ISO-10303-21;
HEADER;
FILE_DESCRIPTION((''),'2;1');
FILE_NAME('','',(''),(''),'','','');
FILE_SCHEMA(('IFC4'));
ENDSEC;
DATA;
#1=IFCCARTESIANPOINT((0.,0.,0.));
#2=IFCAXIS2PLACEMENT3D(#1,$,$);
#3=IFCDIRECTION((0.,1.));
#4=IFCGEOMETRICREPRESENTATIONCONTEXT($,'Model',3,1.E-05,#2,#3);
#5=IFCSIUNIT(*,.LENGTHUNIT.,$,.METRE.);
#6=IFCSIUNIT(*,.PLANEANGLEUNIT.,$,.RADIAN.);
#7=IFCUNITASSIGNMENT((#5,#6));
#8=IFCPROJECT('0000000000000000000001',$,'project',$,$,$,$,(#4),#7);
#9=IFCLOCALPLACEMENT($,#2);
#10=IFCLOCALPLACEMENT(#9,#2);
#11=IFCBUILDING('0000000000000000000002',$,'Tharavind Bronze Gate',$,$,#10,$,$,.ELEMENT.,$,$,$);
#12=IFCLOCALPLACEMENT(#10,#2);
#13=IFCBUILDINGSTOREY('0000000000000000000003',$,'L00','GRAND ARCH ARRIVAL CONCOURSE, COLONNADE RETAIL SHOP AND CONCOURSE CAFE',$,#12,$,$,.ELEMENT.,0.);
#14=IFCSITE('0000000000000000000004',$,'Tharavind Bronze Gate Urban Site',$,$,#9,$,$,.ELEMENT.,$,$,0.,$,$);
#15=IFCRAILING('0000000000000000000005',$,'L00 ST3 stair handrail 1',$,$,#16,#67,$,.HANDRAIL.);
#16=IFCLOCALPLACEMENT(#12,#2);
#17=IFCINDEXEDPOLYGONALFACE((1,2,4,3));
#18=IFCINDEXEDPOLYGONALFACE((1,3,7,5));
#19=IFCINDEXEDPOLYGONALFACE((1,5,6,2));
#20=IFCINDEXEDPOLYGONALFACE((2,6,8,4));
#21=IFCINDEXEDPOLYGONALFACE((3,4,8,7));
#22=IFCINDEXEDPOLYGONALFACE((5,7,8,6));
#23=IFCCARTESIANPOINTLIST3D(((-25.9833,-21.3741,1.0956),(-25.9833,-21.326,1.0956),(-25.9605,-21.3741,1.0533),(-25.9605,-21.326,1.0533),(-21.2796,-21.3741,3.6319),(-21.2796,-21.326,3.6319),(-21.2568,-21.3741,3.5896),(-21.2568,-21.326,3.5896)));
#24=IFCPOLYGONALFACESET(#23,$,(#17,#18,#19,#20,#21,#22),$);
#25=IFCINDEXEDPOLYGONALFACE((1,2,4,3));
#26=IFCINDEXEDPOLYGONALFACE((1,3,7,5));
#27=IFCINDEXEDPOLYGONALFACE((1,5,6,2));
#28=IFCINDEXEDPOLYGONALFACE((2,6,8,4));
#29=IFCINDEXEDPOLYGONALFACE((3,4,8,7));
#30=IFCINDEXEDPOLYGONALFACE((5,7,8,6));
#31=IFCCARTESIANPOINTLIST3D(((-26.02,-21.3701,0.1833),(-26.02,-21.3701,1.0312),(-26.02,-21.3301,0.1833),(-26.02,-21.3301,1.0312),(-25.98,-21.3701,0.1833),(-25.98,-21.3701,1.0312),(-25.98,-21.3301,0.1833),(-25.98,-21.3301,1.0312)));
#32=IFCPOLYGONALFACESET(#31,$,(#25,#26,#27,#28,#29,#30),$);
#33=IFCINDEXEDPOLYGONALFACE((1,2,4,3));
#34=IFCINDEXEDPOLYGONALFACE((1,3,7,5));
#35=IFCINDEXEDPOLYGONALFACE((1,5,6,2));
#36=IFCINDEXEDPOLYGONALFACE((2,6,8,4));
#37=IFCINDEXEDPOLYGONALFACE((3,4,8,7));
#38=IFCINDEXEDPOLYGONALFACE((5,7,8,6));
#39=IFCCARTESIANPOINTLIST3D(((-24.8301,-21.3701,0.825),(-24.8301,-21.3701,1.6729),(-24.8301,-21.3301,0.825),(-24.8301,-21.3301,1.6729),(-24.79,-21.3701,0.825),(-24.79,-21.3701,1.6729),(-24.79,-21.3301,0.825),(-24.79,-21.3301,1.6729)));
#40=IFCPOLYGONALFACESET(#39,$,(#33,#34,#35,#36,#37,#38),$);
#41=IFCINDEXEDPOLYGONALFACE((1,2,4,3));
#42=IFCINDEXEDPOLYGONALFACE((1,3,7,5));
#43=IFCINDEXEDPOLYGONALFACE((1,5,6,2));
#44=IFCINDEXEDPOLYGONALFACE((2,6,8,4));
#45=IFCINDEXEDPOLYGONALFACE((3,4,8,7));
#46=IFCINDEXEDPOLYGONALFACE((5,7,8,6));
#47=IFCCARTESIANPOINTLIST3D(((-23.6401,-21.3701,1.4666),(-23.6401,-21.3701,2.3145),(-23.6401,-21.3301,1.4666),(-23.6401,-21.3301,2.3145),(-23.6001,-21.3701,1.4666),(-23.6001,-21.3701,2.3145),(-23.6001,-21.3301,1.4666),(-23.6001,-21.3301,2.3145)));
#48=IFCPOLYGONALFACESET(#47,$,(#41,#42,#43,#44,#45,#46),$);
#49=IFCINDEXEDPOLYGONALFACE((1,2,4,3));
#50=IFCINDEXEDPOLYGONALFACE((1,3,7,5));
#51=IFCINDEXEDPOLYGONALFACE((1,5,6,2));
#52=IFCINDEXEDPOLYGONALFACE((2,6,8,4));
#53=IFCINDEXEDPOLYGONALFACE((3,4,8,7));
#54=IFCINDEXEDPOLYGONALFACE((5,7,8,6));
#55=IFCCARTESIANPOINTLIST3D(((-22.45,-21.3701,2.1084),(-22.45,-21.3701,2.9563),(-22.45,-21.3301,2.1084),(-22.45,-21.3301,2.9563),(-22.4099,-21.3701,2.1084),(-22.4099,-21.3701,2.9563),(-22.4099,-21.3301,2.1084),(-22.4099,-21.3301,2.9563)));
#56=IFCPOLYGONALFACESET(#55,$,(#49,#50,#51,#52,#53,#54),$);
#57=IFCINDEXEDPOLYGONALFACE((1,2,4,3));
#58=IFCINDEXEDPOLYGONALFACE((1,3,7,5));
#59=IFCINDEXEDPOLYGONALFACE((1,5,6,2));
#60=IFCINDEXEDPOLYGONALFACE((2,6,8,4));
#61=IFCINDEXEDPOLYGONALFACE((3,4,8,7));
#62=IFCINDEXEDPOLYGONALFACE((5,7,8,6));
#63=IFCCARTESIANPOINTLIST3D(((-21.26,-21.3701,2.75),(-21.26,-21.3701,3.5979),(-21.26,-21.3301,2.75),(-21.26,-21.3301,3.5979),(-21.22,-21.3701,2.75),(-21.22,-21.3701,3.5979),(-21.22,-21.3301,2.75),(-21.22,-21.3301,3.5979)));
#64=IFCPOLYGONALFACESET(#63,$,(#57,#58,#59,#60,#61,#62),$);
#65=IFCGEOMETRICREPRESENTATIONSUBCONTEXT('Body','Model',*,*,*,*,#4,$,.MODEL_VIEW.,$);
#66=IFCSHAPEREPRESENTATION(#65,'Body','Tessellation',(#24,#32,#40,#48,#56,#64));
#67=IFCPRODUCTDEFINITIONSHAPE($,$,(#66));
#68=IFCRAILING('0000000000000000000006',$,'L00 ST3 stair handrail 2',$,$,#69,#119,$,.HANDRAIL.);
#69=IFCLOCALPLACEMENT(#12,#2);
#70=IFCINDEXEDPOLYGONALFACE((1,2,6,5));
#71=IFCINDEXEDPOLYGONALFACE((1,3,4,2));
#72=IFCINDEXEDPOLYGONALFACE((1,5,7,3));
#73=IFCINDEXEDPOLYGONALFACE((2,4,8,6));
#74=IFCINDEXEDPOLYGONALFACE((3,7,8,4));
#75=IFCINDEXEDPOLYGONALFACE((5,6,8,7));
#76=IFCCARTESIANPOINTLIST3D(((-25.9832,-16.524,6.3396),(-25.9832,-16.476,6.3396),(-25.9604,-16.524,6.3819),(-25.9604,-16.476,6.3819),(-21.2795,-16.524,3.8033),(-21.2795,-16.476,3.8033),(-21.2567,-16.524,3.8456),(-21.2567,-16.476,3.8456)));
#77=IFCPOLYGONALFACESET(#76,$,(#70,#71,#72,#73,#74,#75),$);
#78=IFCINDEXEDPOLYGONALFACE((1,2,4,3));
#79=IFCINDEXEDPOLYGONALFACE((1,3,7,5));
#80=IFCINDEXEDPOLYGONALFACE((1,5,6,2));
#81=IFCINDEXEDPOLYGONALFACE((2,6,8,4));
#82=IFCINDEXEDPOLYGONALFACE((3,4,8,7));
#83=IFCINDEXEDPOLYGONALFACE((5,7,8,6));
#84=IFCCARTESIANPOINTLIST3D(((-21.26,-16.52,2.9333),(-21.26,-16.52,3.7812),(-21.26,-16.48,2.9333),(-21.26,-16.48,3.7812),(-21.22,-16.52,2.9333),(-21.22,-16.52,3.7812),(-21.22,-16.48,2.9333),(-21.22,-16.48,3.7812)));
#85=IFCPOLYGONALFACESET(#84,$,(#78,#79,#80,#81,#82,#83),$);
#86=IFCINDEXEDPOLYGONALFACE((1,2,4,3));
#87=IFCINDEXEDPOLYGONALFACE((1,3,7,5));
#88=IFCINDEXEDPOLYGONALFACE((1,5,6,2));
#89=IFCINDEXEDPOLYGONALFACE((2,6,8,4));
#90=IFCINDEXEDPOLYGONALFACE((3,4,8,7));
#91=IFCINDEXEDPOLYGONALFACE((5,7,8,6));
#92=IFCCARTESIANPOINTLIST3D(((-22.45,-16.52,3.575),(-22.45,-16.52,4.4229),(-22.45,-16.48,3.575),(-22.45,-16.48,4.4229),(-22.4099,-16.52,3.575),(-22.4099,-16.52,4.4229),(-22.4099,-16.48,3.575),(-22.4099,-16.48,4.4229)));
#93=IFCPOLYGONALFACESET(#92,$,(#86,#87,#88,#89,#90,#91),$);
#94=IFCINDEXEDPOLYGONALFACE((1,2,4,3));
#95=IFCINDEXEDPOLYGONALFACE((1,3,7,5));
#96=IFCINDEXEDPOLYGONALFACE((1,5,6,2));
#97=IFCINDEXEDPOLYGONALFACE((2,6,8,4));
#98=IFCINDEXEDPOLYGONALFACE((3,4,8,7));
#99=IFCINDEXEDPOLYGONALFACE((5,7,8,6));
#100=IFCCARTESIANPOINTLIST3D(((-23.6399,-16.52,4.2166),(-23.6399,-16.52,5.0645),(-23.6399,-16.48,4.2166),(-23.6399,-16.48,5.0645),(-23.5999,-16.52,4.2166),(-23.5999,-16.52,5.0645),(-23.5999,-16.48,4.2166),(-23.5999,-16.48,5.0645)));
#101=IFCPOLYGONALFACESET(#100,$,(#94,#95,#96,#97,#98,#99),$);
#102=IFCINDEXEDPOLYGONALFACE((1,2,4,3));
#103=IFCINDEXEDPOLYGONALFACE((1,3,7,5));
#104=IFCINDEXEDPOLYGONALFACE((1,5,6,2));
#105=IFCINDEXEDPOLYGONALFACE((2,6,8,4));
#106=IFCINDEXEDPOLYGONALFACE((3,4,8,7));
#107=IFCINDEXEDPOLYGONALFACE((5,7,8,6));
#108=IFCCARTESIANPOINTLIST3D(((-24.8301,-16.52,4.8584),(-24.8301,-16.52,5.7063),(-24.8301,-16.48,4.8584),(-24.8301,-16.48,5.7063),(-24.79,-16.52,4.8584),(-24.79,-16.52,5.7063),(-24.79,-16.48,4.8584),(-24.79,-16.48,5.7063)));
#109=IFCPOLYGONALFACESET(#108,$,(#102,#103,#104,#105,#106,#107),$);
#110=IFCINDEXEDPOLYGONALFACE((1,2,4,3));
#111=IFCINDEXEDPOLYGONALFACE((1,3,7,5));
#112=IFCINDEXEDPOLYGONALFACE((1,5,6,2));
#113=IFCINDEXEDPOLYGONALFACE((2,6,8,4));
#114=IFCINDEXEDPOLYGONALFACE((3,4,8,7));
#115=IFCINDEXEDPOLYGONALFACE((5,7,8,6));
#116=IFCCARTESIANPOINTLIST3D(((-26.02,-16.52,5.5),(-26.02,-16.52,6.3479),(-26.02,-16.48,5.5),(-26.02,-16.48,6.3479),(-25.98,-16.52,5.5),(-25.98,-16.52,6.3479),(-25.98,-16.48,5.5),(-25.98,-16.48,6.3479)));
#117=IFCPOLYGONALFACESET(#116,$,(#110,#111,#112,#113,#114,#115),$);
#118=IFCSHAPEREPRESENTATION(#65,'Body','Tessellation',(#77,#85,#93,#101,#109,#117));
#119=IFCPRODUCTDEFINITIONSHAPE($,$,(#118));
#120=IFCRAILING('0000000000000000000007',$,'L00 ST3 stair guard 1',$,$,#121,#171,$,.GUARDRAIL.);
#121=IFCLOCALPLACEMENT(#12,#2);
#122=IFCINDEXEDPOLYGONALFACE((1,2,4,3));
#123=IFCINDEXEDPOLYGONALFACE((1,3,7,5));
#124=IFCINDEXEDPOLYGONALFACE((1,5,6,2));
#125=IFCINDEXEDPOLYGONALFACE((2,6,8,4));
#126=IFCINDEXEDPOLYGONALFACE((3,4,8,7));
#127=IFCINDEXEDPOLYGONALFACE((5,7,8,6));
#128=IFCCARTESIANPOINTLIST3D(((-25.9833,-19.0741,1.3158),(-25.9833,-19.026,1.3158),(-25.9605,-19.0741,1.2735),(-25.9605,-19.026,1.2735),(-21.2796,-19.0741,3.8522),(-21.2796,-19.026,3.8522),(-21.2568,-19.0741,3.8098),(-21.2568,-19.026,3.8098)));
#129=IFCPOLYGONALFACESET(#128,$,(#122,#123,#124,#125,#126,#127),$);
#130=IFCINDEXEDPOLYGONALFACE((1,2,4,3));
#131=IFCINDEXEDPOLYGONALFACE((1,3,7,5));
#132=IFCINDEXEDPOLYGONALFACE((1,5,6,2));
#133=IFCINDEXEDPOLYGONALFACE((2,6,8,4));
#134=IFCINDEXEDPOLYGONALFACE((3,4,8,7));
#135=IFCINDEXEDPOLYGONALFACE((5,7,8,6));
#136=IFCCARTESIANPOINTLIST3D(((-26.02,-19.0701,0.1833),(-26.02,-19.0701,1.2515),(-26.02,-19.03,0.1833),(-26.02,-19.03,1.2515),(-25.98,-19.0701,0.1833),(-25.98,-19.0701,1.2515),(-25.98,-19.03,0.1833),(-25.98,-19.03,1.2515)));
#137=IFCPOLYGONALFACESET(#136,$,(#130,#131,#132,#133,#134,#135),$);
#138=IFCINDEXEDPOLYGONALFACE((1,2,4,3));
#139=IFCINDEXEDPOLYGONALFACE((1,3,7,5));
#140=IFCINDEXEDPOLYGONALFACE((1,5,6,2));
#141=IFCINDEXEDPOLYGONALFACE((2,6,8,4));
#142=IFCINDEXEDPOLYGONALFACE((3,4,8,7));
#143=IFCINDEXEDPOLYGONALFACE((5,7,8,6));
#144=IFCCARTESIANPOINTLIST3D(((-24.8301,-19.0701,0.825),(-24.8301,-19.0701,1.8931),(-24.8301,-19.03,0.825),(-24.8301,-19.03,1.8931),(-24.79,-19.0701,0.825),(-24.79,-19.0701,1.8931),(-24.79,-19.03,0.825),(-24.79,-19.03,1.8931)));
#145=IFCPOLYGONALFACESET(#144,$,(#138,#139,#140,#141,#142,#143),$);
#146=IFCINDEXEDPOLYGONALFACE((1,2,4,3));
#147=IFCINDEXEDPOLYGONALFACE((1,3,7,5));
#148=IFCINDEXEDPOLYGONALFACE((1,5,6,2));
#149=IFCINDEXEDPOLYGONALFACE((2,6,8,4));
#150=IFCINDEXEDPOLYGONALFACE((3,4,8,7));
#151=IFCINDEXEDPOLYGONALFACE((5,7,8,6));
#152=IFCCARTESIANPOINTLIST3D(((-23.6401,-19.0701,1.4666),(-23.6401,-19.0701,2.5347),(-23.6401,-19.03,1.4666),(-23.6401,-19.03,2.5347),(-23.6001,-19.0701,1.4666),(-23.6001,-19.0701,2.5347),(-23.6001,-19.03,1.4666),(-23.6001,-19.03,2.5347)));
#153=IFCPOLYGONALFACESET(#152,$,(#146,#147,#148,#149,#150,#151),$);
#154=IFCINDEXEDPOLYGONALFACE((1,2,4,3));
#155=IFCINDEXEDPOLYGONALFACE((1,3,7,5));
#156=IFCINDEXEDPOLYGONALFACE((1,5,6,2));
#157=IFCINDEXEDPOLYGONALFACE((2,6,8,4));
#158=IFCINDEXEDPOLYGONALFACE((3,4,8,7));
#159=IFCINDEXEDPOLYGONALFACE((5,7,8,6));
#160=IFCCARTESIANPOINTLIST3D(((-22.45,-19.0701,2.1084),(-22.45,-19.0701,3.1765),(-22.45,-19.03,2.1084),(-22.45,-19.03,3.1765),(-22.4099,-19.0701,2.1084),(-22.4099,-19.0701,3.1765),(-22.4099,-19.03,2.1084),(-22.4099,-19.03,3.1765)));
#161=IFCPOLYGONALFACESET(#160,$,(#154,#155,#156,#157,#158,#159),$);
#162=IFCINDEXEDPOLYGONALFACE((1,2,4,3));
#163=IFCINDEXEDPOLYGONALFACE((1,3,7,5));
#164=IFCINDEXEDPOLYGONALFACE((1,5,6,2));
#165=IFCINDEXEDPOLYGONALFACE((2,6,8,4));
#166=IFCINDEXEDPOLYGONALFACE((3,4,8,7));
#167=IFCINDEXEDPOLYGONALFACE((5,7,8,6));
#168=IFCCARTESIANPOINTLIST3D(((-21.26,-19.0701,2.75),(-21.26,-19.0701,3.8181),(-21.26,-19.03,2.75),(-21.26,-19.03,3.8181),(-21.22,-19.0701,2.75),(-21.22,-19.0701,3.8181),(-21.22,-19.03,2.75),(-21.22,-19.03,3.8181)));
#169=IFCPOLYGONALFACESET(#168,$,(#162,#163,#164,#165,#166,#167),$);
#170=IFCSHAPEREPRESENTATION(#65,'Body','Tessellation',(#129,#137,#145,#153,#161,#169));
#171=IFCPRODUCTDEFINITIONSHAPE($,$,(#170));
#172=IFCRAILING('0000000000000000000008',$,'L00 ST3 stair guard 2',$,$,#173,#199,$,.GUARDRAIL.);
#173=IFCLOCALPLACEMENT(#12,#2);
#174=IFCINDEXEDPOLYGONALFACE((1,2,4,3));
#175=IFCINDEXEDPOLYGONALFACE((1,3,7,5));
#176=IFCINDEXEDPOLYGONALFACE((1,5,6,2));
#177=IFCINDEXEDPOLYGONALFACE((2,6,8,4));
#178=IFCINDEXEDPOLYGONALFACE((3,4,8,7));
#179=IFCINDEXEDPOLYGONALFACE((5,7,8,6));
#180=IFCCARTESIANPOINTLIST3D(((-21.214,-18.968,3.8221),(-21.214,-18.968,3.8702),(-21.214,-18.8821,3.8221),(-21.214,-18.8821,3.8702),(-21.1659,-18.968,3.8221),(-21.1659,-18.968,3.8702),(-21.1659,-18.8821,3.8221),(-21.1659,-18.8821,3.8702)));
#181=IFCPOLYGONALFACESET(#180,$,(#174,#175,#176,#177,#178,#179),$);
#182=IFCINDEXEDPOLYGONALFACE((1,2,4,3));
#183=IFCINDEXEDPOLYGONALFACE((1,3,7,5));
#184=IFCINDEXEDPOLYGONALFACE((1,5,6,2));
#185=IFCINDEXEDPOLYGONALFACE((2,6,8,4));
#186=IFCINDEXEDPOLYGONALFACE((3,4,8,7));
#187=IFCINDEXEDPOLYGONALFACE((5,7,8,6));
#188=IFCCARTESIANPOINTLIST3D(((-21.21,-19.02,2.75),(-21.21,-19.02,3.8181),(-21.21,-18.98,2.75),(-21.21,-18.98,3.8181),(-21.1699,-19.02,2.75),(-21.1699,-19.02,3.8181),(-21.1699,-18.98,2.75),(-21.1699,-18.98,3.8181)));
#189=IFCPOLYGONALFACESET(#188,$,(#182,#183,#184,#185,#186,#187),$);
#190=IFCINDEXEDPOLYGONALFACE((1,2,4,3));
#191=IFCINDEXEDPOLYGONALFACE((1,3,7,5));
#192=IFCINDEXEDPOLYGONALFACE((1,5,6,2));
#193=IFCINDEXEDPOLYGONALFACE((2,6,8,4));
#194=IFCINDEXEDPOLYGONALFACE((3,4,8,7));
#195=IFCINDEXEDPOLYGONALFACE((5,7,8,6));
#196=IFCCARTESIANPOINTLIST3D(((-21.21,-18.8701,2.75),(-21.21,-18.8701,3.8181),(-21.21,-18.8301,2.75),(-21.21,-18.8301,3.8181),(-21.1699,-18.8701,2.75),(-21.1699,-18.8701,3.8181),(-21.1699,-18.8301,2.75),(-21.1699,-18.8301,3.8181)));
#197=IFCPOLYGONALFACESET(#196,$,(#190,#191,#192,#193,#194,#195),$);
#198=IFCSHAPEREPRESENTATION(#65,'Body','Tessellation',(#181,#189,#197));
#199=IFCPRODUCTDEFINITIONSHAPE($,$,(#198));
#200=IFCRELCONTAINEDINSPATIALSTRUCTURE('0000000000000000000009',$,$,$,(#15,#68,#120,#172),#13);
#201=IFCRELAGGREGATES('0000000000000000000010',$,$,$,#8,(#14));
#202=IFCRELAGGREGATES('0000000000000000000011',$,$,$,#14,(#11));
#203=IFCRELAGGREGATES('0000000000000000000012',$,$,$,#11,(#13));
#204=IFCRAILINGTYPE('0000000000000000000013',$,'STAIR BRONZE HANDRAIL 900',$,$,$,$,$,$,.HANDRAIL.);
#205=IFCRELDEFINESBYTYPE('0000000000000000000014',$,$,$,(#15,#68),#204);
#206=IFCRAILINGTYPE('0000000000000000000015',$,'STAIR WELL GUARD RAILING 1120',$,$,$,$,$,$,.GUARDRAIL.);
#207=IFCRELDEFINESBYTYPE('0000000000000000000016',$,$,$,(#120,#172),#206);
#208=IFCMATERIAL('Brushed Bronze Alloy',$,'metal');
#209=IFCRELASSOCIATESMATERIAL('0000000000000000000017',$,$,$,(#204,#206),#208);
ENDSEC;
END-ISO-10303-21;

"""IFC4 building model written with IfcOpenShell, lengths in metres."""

from ifc_helpers import new_model, si_unit, direction, frame, origin, origin_2d, place, context, subcontext, project, spatial, rectangle, extrude, material, type_object, element, save


model = new_model("IFC4")

# Units and contexts
model_context = context("Model", 3, precision=1e-05, world=origin(), true_north=direction((0.0, 1.0)))
body_context = subcontext(model_context, "Body", "Model", "MODEL_VIEW")
ifc_project = project(units=[si_unit("LENGTHUNIT", "METRE"), si_unit("PLANEANGLEUNIT", "RADIAN")], contexts=[model_context])

# Site, building, storey
site_placement = place(None, origin())
site = spatial("IfcSite", under=ifc_project, at=site_placement, Name="Tharavind Bronze Gate Urban Site", CompositionType="ELEMENT", RefElevation=0.0)
building_placement = place(site_placement, origin())
building = spatial("IfcBuilding", under=site, at=building_placement, Name="Tharavind Bronze Gate", CompositionType="ELEMENT")
storey_placement = place(building_placement, origin())
storey = spatial("IfcBuildingStorey", under=building, at=storey_placement, Name="L00", Description="GRAND ARCH ARRIVAL CONCOURSE, COLONNADE RETAIL SHOP AND CONCOURSE CAFE", CompositionType="ELEMENT", Elevation=0.0)

# Railings
ifc_material_1 = material(Name="Brushed Bronze Alloy", Category="metal")
railing_type_1 = type_object("IfcRailingType", Name="STAIR BRONZE HANDRAIL 900", PredefinedType="HANDRAIL", material=ifc_material_1)
railing_1_placement = place(storey_placement, frame((-26.0, -21.3501, 0.1833)))
element("IfcRailing", 1, at=railing_1_placement, inside=storey, type_object=railing_type_1, Name="L00 ST3 stair handrail 1", PredefinedType="HANDRAIL", context=body_context, shape_type="SweptSolid", body=[
    extrude(rectangle(XDim=0.0481, YDim=0.0481, at=origin_2d()), frame((0.0281, 0.0, 0.8911), z_axis=(0.880196, 0.0, 0.474611), x_axis=(0.0, 1.0, 0.0)), (0.0, 0.0, 1.0), 5.344),
    extrude(rectangle(XDim=0.04, YDim=0.04, at=origin_2d()), origin(), (0.0, 0.0, 1.0), 0.8479),
    extrude(rectangle(XDim=0.04, YDim=0.04, at=origin_2d()), frame((1.1899, 0.0, 0.6416)), (0.0, 0.0, 1.0), 0.8479),
    extrude(rectangle(XDim=0.04, YDim=0.04, at=origin_2d()), frame((2.3799, 0.0, 1.2832)), (0.0, 0.0, 1.0), 0.8479),
    extrude(rectangle(XDim=0.04, YDim=0.04, at=origin_2d()), frame((3.5701, 0.0, 1.925)), (0.0, 0.0, 1.0), 0.8479),
    extrude(rectangle(XDim=0.04, YDim=0.04, at=origin_2d()), frame((4.76, 0.0, 2.5667)), (0.0, 0.0, 1.0), 0.8479),
])
railing_2_placement = place(storey_placement, frame((-21.24, -16.5, 2.9333)))
element("IfcRailing", 2, at=railing_2_placement, inside=storey, type_object=railing_type_1, Name="L00 ST3 stair handrail 2", PredefinedType="HANDRAIL", context=body_context, shape_type="SweptSolid", body=[
    extrude(rectangle(XDim=0.0481, YDim=0.0481, at=origin_2d()), frame((-0.0281, 0.0, 0.8911), z_axis=(-0.880196, 0.0, 0.474611), x_axis=(0.0, -1.0, 0.0)), (0.0, 0.0, 1.0), 5.344),
    extrude(rectangle(XDim=0.04, YDim=0.04, at=origin_2d()), origin(), (0.0, 0.0, 1.0), 0.8479),
    extrude(rectangle(XDim=0.04, YDim=0.04, at=origin_2d()), frame((-1.1899, 0.0, 0.6416)), (0.0, 0.0, 1.0), 0.8479),
    extrude(rectangle(XDim=0.04, YDim=0.04, at=origin_2d()), frame((-2.3799, 0.0, 1.2832)), (0.0, 0.0, 1.0), 0.8479),
    extrude(rectangle(XDim=0.04, YDim=0.04, at=origin_2d()), frame((-3.5701, 0.0, 1.925)), (0.0, 0.0, 1.0), 0.8479),
    extrude(rectangle(XDim=0.04, YDim=0.04, at=origin_2d()), frame((-4.76, 0.0, 2.5667)), (0.0, 0.0, 1.0), 0.8479),
])
railing_type_2 = type_object("IfcRailingType", Name="STAIR WELL GUARD RAILING 1120", PredefinedType="GUARDRAIL", material=ifc_material_1)
railing_3_placement = place(storey_placement, frame((-26.0, -19.05, 0.1833)))
element("IfcRailing", 3, at=railing_3_placement, inside=storey, type_object=railing_type_2, Name="L00 ST3 stair guard 1", PredefinedType="GUARDRAIL", context=body_context, shape_type="SweptSolid", body=[
    extrude(rectangle(XDim=0.0481, YDim=0.0481, at=origin_2d()), frame((0.0281, 0.0, 1.1113), z_axis=(0.880196, 0.0, 0.474611), x_axis=(0.0, 1.0, 0.0)), (0.0, 0.0, 1.0), 5.344),
    extrude(rectangle(XDim=0.04, YDim=0.04, at=origin_2d()), origin(), (0.0, 0.0, 1.0), 1.0681),
    extrude(rectangle(XDim=0.04, YDim=0.04, at=origin_2d()), frame((1.1899, 0.0, 0.6416)), (0.0, 0.0, 1.0), 1.0681),
    extrude(rectangle(XDim=0.04, YDim=0.04, at=origin_2d()), frame((2.3799, 0.0, 1.2832)), (0.0, 0.0, 1.0), 1.0681),
    extrude(rectangle(XDim=0.04, YDim=0.04, at=origin_2d()), frame((3.5701, 0.0, 1.925)), (0.0, 0.0, 1.0), 1.0681),
    extrude(rectangle(XDim=0.04, YDim=0.04, at=origin_2d()), frame((4.76, 0.0, 2.5667)), (0.0, 0.0, 1.0), 1.0681),
])
railing_4_placement = place(storey_placement, frame((-21.1899, -19.0, 2.75)))
element("IfcRailing", 4, at=railing_4_placement, inside=storey, type_object=railing_type_2, Name="L00 ST3 stair guard 2", PredefinedType="GUARDRAIL", context=body_context, shape_type="SweptSolid", body=[
    extrude(rectangle(XDim=0.0481, YDim=0.0481, at=origin_2d()), frame((0.0, 0.032, 1.0962), z_axis=(0.0, 1.0, 0.0), x_axis=(-1.0, 0.0, 0.0)), (0.0, 0.0, 1.0), 0.0859),
    extrude(rectangle(XDim=0.04, YDim=0.04, at=origin_2d()), origin(), (0.0, 0.0, 1.0), 1.0681),
    extrude(rectangle(XDim=0.04, YDim=0.04, at=origin_2d()), frame((0.0, 0.1499, 0.0)), (0.0, 0.0, 1.0), 1.0681),
])

save(model, "model.ifc")
